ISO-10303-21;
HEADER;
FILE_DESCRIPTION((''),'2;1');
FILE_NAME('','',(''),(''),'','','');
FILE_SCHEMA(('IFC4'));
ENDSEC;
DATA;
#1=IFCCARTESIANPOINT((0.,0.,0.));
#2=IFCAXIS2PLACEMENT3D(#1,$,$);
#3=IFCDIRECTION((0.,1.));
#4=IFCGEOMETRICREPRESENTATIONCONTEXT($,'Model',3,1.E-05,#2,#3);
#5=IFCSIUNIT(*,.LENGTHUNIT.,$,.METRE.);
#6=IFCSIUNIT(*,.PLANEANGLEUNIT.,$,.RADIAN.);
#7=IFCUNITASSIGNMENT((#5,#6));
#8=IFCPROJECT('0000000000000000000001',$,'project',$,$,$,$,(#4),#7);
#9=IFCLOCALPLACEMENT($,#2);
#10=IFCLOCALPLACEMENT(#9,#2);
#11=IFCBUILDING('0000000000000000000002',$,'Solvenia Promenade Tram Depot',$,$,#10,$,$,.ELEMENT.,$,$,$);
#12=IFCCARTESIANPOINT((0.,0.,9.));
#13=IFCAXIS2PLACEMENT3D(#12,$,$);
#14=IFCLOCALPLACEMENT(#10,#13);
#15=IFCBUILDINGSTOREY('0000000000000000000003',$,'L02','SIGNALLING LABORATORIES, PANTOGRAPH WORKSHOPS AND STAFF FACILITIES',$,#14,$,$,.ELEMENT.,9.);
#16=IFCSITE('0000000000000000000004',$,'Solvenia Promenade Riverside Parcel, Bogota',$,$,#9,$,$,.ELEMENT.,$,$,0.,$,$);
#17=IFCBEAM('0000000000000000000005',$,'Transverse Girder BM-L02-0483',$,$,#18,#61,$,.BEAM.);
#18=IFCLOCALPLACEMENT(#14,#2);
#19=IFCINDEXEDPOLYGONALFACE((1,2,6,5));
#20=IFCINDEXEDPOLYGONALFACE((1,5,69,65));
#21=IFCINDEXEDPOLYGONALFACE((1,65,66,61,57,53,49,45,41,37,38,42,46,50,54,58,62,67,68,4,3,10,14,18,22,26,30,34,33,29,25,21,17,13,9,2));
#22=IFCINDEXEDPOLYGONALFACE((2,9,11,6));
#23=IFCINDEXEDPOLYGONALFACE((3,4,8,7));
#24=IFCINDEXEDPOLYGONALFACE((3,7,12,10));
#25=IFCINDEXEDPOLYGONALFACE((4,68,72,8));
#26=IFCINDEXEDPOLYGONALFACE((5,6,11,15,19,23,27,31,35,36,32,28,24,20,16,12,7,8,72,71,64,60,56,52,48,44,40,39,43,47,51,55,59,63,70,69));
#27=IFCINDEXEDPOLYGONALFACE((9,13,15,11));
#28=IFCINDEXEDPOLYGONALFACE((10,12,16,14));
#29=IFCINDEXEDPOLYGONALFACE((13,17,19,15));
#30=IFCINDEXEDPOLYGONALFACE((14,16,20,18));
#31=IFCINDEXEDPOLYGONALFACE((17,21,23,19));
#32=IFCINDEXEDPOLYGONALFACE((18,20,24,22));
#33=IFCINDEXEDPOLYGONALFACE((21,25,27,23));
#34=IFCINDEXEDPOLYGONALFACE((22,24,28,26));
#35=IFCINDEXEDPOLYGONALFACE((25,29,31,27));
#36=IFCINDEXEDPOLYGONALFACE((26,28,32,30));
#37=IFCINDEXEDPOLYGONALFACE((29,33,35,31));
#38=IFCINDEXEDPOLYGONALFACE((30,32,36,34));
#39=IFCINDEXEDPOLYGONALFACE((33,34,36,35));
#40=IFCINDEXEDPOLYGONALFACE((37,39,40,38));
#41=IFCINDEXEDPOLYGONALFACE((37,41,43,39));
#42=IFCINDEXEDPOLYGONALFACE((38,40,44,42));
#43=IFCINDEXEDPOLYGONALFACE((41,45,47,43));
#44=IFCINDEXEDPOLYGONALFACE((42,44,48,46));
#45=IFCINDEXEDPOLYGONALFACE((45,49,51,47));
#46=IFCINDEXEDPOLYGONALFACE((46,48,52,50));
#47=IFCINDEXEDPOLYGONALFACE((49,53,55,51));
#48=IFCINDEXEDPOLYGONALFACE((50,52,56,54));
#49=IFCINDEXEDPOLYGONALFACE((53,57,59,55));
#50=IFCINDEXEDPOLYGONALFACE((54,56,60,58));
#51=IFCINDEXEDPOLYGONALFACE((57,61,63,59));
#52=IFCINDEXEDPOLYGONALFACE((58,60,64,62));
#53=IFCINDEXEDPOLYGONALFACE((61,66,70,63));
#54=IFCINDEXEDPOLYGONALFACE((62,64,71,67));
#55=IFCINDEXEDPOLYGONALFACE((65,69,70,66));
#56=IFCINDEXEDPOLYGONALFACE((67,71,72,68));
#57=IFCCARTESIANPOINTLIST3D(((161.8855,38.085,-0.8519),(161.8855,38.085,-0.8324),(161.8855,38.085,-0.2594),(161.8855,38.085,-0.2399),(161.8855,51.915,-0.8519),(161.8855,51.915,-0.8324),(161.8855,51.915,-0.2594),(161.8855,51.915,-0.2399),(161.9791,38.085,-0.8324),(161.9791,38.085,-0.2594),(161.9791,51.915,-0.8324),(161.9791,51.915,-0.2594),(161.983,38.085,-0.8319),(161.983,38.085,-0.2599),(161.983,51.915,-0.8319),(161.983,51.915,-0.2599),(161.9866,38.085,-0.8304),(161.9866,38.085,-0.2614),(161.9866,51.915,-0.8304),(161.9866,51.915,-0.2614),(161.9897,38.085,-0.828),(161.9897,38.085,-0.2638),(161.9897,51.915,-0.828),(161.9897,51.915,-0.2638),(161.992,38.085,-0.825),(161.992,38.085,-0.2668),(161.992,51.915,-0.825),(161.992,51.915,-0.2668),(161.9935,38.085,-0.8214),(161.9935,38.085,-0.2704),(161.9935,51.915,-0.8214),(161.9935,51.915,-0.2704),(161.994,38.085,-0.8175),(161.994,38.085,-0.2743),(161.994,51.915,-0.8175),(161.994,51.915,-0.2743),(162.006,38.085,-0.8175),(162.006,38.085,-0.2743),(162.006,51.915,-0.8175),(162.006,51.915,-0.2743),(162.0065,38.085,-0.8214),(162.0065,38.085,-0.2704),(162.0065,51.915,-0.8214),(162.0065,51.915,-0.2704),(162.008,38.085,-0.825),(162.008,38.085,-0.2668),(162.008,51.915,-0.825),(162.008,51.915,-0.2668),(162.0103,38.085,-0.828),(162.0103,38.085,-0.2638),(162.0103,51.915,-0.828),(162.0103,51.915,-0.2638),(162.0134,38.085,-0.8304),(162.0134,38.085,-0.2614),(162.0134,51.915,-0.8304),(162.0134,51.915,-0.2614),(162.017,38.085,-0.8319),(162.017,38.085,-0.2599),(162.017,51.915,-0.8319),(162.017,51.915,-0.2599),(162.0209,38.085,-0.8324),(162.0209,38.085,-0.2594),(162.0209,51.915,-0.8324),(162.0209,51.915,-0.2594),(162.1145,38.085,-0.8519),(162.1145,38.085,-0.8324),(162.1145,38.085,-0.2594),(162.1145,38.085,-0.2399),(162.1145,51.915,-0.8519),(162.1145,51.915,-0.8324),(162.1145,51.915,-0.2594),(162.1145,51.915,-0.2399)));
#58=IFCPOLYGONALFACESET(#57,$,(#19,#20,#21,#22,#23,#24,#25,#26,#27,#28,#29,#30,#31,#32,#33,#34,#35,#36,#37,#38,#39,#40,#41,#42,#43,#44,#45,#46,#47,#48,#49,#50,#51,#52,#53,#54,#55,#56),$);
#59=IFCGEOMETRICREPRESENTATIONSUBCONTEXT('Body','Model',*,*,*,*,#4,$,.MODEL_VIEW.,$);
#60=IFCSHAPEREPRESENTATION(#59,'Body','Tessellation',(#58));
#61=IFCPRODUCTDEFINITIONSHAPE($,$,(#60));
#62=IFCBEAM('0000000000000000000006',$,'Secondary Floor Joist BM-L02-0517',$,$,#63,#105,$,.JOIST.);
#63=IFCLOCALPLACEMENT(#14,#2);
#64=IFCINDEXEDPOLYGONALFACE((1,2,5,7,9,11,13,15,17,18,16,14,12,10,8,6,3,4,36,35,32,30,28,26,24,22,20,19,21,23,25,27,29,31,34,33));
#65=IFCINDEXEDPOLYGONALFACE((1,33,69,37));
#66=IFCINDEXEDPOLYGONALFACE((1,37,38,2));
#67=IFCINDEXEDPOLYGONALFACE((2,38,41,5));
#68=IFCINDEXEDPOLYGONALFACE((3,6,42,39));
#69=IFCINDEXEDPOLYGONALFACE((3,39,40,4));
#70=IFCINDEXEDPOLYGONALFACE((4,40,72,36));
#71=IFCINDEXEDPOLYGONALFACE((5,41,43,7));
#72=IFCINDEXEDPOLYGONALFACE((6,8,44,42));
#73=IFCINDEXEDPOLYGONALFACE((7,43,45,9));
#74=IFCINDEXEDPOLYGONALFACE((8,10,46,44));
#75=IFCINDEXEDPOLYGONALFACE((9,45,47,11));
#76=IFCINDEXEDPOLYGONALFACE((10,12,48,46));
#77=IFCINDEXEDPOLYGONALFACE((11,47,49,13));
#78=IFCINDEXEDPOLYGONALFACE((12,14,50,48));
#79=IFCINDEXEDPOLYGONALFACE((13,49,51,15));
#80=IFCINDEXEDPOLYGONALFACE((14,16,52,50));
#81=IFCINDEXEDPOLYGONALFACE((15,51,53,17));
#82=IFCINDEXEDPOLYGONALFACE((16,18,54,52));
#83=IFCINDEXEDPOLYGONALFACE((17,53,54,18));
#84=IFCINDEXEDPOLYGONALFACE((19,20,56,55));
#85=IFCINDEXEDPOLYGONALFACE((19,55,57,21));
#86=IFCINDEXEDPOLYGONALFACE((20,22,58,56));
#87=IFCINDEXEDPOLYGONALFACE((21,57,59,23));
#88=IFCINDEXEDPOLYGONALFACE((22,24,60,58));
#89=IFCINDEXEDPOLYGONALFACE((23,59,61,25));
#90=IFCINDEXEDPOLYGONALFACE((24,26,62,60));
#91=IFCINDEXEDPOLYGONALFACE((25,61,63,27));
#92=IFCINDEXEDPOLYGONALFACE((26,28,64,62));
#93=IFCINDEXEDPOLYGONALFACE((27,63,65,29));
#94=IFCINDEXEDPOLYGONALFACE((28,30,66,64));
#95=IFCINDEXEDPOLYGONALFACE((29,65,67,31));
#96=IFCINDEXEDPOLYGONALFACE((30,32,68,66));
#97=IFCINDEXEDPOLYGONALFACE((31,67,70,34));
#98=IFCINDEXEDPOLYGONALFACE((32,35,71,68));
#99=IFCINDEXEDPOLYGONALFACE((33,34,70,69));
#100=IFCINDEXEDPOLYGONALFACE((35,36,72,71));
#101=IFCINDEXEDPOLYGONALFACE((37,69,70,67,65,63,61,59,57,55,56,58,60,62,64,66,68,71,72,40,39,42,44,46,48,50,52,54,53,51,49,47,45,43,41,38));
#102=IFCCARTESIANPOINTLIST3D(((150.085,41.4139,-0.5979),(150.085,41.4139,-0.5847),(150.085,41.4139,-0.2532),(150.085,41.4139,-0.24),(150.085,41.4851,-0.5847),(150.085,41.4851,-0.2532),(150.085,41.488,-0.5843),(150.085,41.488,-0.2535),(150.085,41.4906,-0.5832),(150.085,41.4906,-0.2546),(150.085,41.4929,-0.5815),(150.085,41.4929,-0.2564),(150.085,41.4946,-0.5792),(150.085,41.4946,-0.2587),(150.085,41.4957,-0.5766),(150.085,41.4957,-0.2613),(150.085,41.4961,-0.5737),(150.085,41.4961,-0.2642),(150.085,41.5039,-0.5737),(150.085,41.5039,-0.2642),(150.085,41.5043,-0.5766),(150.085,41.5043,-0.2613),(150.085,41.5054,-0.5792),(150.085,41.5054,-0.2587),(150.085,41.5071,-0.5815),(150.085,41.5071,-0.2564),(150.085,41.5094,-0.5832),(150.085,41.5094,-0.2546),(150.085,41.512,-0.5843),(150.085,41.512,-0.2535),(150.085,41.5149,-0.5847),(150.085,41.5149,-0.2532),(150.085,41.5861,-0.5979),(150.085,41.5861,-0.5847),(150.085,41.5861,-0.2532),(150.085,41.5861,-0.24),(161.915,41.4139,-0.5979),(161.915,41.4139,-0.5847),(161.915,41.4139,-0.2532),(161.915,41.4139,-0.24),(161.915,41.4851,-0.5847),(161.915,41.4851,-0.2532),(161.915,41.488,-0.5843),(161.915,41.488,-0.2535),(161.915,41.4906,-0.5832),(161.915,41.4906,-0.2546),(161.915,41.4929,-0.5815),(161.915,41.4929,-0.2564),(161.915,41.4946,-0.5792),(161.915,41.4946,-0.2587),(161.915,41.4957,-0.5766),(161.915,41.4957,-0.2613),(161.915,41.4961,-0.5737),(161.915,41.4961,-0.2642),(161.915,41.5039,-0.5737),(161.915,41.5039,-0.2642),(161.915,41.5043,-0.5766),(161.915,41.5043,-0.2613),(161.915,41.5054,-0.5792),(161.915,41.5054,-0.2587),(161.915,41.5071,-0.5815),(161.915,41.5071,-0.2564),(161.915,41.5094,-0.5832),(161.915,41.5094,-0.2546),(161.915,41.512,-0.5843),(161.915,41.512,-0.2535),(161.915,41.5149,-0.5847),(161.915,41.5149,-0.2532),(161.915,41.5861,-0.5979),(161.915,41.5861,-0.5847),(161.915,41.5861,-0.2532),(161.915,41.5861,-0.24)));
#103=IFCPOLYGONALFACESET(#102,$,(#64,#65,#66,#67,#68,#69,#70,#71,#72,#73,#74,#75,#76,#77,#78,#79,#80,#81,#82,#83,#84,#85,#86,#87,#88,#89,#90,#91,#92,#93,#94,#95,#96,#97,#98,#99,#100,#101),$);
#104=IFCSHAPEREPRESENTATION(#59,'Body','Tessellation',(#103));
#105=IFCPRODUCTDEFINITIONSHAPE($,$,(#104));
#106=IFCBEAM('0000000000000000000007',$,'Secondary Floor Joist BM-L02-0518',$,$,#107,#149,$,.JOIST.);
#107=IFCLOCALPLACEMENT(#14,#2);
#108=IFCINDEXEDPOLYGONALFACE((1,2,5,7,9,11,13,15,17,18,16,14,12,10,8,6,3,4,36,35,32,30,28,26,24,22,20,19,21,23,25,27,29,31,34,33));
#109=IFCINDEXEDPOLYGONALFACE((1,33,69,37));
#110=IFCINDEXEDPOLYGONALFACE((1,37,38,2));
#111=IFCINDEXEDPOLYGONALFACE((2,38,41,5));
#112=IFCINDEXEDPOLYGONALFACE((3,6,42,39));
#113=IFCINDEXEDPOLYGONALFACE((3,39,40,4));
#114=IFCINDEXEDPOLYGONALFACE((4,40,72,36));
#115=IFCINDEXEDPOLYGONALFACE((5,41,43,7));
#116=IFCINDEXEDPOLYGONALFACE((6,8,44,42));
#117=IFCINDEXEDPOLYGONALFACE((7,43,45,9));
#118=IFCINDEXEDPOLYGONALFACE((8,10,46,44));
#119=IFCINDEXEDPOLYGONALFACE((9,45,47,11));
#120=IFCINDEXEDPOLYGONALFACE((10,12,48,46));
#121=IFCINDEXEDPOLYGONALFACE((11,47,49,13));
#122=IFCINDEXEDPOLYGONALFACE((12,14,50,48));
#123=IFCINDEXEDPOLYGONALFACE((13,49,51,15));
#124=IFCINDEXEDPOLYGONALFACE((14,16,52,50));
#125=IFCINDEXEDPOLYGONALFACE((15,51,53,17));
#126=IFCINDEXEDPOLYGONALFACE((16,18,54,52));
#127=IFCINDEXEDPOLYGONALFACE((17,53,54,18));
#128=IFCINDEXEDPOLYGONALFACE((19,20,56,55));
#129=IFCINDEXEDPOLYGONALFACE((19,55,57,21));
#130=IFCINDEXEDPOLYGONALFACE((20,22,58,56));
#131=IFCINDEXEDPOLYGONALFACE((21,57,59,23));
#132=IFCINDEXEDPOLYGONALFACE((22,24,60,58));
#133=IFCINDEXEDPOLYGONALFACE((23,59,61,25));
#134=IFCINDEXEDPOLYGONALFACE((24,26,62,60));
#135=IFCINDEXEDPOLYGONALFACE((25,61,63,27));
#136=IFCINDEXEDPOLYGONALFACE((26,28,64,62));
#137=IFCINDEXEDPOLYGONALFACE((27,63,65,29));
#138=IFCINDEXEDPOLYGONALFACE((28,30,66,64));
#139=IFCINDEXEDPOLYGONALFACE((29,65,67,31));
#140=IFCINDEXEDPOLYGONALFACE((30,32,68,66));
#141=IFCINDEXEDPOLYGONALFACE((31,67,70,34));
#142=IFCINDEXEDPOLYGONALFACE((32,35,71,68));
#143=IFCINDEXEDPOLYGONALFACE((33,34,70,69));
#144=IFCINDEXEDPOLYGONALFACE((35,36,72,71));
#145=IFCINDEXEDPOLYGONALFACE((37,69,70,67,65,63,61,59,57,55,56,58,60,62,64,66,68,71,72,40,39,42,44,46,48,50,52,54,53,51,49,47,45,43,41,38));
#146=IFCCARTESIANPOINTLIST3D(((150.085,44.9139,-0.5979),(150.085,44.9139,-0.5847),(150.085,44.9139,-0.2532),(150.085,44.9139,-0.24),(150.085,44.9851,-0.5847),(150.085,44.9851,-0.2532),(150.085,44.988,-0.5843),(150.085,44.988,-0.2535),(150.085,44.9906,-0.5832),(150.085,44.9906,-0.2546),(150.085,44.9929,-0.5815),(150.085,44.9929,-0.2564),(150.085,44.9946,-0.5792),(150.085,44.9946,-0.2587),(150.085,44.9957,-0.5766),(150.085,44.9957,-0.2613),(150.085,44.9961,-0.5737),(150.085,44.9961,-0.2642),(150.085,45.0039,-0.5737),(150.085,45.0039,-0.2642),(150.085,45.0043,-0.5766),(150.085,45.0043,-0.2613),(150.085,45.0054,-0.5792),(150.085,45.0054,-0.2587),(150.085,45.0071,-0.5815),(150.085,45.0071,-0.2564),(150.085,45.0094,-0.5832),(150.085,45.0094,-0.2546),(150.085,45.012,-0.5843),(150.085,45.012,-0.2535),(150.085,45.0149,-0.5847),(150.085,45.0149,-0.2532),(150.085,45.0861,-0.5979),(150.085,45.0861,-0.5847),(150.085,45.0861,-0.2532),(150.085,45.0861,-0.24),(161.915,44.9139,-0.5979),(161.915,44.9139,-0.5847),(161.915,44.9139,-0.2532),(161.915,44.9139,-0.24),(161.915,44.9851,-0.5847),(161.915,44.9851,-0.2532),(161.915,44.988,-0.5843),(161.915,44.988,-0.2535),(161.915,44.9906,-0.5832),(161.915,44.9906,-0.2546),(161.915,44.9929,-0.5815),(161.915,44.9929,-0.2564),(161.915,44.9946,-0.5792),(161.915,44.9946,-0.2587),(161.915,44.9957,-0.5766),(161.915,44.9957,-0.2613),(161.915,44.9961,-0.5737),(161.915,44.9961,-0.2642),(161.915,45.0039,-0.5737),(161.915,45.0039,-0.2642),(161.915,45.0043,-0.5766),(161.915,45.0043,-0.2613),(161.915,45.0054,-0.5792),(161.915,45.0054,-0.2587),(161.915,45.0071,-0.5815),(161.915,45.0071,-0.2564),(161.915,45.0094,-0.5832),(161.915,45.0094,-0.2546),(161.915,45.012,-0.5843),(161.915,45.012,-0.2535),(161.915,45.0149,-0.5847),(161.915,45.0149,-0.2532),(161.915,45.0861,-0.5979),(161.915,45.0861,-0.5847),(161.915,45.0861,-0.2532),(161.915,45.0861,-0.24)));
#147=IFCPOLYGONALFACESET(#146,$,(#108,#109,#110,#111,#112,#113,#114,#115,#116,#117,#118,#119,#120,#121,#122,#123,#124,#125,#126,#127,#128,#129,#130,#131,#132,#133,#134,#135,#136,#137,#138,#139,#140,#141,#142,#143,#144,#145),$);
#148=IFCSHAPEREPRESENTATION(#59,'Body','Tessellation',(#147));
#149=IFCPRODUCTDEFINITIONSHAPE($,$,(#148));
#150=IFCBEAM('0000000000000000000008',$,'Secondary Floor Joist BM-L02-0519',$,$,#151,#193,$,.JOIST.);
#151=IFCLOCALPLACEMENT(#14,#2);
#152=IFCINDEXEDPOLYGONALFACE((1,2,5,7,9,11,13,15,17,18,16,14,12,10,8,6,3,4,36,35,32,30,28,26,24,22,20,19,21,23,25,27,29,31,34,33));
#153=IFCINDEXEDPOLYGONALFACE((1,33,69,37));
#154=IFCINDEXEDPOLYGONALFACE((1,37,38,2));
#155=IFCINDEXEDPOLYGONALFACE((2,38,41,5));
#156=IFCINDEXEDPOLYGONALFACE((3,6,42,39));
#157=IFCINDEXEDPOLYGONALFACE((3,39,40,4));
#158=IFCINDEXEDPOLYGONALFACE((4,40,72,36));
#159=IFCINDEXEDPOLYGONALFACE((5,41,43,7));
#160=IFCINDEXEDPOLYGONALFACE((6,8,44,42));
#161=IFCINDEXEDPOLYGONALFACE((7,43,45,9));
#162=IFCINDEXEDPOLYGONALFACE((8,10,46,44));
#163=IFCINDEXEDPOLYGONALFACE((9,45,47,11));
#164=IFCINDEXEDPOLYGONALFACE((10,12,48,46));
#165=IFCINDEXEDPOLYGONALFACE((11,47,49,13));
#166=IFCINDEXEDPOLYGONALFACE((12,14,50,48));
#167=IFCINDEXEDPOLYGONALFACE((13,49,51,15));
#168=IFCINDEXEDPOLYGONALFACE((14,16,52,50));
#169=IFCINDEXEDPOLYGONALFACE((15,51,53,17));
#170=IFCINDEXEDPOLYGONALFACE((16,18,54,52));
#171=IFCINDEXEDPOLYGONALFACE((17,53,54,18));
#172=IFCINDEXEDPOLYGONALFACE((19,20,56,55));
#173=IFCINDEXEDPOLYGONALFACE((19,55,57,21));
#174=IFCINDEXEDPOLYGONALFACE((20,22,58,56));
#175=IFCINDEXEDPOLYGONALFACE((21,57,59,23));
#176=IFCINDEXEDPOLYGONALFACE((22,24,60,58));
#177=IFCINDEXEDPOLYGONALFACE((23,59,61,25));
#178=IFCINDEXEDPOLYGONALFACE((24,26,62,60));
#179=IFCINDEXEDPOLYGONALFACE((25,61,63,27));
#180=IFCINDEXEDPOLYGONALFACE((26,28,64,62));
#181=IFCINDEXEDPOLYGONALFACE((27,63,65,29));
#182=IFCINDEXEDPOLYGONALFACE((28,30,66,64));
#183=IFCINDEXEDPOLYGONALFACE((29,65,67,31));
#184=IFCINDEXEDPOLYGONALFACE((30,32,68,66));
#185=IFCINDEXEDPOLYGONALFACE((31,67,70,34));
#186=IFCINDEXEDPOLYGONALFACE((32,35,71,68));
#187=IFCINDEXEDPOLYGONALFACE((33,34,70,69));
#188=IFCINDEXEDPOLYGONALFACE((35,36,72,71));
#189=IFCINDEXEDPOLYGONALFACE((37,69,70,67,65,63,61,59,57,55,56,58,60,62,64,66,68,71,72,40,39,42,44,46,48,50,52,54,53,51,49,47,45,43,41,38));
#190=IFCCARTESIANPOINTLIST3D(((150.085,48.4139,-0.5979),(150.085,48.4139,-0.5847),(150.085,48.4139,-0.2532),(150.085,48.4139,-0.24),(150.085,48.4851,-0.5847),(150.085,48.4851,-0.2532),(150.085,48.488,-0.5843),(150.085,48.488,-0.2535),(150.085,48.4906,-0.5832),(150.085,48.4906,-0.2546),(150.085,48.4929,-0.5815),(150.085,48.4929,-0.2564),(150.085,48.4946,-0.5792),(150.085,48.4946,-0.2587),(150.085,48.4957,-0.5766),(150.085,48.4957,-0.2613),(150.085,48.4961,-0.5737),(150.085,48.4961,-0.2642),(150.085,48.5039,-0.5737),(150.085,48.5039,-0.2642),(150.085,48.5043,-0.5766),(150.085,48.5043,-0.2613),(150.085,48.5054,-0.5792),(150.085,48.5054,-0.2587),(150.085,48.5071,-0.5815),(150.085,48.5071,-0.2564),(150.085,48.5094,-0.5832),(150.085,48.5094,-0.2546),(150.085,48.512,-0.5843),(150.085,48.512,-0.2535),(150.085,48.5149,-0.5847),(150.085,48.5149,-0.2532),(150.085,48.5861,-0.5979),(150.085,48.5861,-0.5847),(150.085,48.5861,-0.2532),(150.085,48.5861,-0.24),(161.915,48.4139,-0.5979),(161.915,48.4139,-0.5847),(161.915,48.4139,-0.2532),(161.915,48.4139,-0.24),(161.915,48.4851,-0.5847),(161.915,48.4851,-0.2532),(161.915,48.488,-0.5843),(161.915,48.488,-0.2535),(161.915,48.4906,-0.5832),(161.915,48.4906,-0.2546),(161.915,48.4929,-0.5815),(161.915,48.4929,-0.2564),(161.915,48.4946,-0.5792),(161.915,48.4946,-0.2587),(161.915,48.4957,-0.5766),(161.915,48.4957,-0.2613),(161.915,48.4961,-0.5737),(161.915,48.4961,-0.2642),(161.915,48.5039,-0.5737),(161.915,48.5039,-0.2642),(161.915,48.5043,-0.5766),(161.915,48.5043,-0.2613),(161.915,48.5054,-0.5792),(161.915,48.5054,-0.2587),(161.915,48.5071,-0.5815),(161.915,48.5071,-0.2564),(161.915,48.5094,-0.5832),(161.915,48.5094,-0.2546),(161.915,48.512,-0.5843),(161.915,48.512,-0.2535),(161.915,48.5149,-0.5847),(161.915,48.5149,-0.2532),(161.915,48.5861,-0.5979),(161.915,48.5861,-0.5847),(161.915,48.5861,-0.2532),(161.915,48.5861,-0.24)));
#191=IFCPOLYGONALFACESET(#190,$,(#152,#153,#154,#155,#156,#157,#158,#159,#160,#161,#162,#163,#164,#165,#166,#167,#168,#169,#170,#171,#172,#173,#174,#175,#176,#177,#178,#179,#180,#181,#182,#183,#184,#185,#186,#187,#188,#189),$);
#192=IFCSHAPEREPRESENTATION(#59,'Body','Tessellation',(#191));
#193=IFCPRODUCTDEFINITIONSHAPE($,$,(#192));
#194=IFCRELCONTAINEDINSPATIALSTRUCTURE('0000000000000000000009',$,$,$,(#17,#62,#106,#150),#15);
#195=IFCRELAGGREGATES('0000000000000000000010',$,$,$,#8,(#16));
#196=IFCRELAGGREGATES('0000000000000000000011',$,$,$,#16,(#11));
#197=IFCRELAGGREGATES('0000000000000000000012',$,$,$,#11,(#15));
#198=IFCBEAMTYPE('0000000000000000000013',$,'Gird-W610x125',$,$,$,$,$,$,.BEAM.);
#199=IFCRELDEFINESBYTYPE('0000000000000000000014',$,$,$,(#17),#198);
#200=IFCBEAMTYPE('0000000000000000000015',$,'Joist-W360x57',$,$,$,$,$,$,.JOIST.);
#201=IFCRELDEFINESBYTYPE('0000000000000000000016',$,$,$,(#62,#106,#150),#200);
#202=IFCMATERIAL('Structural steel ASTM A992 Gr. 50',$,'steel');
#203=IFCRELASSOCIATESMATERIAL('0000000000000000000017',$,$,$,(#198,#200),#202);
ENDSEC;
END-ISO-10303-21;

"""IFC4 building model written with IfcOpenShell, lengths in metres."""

from ifc_helpers import new_model, si_unit, direction, frame, origin, origin_2d, place, context, subcontext, project, spatial, i_section, extrude, material, material_profile, profile_set, type_object, element, save


model = new_model("IFC4")

# Units and contexts
model_context = context("Model", 3, precision=1e-05, world=origin(), true_north=direction((0.0, 1.0)))
body_context = subcontext(model_context, "Body", "Model", "MODEL_VIEW")
ifc_project = project(units=[si_unit("LENGTHUNIT", "METRE"), si_unit("PLANEANGLEUNIT", "RADIAN")], contexts=[model_context])

# Site, building, storey
site_placement = place(None, origin())
site = spatial("IfcSite", under=ifc_project, at=site_placement, Name="Solvenia Promenade Riverside Parcel, Bogota", CompositionType="ELEMENT", RefElevation=0.0)
building_placement = place(site_placement, origin())
building = spatial("IfcBuilding", under=site, at=building_placement, Name="Solvenia Promenade Tram Depot", CompositionType="ELEMENT")
storey_placement = place(building_placement, frame((0.0, 0.0, 9.0)))
storey = spatial("IfcBuildingStorey", under=building, at=storey_placement, Name="L02", Description="SIGNALLING LABORATORIES, PANTOGRAPH WORKSHOPS AND STAFF FACILITIES", CompositionType="ELEMENT", Elevation=9.0)

# Shared definitions
ifc_material_1 = material(Name="Structural steel ASTM A992 Gr. 50", Category="steel")

# Beams
ifc_material_profile_1 = material_profile(ifc_material_1, i_section(OverallWidth=0.229, OverallDepth=0.6121, WebThickness=0.012, FlangeThickness=0.0195, FilletRadius=0.0149, at=origin_2d()), Name="W610x125", Category="steel")
ifc_profile_set_1 = profile_set([ifc_material_profile_1], Name="Structural steel ASTM A992 Gr. 50")
beam_type_1 = type_object("IfcBeamType", Name="Gird-W610x125", PredefinedType="BEAM", material=ifc_profile_set_1)
for number, where, z_axis, x_axis, name in (
    (1, (162.0, 38.085, -0.5459), (0.0, 1.0, 0.0), (-1.0, 0.0, 0.0), "Transverse Girder BM-L02-0483"),
):
    element("IfcBeam", number, at=place(storey_placement, frame(where, z_axis=z_axis, x_axis=x_axis)), inside=storey, type_object=beam_type_1, Name=name, PredefinedType="BEAM", context=body_context, shape_type="SweptSolid", body=[
        extrude(i_section(OverallWidth=0.229, OverallDepth=0.6121, WebThickness=0.012, FlangeThickness=0.0195, FilletRadius=0.0149, at=origin_2d()), origin(), (0.0, 0.0, 1.0), 13.8301),
    ])
ifc_material_profile_2 = material_profile(ifc_material_1, i_section(OverallWidth=0.1721, OverallDepth=0.3579, WebThickness=0.0078, FlangeThickness=0.0132, FilletRadius=0.011, at=origin_2d()), Name="W360x57", Category="steel")
ifc_profile_set_2 = profile_set([ifc_material_profile_2], Name="Structural steel ASTM A992 Gr. 50")
beam_type_2 = type_object("IfcBeamType", Name="Joist-W360x57", PredefinedType="JOIST", material=ifc_profile_set_2)
for number, where, z_axis, x_axis, name in (
    (2, (150.085, 41.5, -0.4189), (1.0, 0.0, 0.0), (0.0, 1.0, 0.0), "Secondary Floor Joist BM-L02-0517"),
    (3, (150.085, 45.0, -0.4189), (1.0, 0.0, 0.0), (0.0, 1.0, 0.0), "Secondary Floor Joist BM-L02-0518"),
    (4, (150.085, 48.5, -0.4189), (1.0, 0.0, 0.0), (0.0, 1.0, 0.0), "Secondary Floor Joist BM-L02-0519"),
):
    element("IfcBeam", number, at=place(storey_placement, frame(where, z_axis=z_axis, x_axis=x_axis)), inside=storey, type_object=beam_type_2, Name=name, PredefinedType="JOIST", context=body_context, shape_type="SweptSolid", body=[
        extrude(i_section(OverallWidth=0.1721, OverallDepth=0.3579, WebThickness=0.0078, FlangeThickness=0.0132, FilletRadius=0.011, at=origin_2d()), origin(), (0.0, 0.0, 1.0), 11.8301),
    ])

save(model, "model.ifc")
